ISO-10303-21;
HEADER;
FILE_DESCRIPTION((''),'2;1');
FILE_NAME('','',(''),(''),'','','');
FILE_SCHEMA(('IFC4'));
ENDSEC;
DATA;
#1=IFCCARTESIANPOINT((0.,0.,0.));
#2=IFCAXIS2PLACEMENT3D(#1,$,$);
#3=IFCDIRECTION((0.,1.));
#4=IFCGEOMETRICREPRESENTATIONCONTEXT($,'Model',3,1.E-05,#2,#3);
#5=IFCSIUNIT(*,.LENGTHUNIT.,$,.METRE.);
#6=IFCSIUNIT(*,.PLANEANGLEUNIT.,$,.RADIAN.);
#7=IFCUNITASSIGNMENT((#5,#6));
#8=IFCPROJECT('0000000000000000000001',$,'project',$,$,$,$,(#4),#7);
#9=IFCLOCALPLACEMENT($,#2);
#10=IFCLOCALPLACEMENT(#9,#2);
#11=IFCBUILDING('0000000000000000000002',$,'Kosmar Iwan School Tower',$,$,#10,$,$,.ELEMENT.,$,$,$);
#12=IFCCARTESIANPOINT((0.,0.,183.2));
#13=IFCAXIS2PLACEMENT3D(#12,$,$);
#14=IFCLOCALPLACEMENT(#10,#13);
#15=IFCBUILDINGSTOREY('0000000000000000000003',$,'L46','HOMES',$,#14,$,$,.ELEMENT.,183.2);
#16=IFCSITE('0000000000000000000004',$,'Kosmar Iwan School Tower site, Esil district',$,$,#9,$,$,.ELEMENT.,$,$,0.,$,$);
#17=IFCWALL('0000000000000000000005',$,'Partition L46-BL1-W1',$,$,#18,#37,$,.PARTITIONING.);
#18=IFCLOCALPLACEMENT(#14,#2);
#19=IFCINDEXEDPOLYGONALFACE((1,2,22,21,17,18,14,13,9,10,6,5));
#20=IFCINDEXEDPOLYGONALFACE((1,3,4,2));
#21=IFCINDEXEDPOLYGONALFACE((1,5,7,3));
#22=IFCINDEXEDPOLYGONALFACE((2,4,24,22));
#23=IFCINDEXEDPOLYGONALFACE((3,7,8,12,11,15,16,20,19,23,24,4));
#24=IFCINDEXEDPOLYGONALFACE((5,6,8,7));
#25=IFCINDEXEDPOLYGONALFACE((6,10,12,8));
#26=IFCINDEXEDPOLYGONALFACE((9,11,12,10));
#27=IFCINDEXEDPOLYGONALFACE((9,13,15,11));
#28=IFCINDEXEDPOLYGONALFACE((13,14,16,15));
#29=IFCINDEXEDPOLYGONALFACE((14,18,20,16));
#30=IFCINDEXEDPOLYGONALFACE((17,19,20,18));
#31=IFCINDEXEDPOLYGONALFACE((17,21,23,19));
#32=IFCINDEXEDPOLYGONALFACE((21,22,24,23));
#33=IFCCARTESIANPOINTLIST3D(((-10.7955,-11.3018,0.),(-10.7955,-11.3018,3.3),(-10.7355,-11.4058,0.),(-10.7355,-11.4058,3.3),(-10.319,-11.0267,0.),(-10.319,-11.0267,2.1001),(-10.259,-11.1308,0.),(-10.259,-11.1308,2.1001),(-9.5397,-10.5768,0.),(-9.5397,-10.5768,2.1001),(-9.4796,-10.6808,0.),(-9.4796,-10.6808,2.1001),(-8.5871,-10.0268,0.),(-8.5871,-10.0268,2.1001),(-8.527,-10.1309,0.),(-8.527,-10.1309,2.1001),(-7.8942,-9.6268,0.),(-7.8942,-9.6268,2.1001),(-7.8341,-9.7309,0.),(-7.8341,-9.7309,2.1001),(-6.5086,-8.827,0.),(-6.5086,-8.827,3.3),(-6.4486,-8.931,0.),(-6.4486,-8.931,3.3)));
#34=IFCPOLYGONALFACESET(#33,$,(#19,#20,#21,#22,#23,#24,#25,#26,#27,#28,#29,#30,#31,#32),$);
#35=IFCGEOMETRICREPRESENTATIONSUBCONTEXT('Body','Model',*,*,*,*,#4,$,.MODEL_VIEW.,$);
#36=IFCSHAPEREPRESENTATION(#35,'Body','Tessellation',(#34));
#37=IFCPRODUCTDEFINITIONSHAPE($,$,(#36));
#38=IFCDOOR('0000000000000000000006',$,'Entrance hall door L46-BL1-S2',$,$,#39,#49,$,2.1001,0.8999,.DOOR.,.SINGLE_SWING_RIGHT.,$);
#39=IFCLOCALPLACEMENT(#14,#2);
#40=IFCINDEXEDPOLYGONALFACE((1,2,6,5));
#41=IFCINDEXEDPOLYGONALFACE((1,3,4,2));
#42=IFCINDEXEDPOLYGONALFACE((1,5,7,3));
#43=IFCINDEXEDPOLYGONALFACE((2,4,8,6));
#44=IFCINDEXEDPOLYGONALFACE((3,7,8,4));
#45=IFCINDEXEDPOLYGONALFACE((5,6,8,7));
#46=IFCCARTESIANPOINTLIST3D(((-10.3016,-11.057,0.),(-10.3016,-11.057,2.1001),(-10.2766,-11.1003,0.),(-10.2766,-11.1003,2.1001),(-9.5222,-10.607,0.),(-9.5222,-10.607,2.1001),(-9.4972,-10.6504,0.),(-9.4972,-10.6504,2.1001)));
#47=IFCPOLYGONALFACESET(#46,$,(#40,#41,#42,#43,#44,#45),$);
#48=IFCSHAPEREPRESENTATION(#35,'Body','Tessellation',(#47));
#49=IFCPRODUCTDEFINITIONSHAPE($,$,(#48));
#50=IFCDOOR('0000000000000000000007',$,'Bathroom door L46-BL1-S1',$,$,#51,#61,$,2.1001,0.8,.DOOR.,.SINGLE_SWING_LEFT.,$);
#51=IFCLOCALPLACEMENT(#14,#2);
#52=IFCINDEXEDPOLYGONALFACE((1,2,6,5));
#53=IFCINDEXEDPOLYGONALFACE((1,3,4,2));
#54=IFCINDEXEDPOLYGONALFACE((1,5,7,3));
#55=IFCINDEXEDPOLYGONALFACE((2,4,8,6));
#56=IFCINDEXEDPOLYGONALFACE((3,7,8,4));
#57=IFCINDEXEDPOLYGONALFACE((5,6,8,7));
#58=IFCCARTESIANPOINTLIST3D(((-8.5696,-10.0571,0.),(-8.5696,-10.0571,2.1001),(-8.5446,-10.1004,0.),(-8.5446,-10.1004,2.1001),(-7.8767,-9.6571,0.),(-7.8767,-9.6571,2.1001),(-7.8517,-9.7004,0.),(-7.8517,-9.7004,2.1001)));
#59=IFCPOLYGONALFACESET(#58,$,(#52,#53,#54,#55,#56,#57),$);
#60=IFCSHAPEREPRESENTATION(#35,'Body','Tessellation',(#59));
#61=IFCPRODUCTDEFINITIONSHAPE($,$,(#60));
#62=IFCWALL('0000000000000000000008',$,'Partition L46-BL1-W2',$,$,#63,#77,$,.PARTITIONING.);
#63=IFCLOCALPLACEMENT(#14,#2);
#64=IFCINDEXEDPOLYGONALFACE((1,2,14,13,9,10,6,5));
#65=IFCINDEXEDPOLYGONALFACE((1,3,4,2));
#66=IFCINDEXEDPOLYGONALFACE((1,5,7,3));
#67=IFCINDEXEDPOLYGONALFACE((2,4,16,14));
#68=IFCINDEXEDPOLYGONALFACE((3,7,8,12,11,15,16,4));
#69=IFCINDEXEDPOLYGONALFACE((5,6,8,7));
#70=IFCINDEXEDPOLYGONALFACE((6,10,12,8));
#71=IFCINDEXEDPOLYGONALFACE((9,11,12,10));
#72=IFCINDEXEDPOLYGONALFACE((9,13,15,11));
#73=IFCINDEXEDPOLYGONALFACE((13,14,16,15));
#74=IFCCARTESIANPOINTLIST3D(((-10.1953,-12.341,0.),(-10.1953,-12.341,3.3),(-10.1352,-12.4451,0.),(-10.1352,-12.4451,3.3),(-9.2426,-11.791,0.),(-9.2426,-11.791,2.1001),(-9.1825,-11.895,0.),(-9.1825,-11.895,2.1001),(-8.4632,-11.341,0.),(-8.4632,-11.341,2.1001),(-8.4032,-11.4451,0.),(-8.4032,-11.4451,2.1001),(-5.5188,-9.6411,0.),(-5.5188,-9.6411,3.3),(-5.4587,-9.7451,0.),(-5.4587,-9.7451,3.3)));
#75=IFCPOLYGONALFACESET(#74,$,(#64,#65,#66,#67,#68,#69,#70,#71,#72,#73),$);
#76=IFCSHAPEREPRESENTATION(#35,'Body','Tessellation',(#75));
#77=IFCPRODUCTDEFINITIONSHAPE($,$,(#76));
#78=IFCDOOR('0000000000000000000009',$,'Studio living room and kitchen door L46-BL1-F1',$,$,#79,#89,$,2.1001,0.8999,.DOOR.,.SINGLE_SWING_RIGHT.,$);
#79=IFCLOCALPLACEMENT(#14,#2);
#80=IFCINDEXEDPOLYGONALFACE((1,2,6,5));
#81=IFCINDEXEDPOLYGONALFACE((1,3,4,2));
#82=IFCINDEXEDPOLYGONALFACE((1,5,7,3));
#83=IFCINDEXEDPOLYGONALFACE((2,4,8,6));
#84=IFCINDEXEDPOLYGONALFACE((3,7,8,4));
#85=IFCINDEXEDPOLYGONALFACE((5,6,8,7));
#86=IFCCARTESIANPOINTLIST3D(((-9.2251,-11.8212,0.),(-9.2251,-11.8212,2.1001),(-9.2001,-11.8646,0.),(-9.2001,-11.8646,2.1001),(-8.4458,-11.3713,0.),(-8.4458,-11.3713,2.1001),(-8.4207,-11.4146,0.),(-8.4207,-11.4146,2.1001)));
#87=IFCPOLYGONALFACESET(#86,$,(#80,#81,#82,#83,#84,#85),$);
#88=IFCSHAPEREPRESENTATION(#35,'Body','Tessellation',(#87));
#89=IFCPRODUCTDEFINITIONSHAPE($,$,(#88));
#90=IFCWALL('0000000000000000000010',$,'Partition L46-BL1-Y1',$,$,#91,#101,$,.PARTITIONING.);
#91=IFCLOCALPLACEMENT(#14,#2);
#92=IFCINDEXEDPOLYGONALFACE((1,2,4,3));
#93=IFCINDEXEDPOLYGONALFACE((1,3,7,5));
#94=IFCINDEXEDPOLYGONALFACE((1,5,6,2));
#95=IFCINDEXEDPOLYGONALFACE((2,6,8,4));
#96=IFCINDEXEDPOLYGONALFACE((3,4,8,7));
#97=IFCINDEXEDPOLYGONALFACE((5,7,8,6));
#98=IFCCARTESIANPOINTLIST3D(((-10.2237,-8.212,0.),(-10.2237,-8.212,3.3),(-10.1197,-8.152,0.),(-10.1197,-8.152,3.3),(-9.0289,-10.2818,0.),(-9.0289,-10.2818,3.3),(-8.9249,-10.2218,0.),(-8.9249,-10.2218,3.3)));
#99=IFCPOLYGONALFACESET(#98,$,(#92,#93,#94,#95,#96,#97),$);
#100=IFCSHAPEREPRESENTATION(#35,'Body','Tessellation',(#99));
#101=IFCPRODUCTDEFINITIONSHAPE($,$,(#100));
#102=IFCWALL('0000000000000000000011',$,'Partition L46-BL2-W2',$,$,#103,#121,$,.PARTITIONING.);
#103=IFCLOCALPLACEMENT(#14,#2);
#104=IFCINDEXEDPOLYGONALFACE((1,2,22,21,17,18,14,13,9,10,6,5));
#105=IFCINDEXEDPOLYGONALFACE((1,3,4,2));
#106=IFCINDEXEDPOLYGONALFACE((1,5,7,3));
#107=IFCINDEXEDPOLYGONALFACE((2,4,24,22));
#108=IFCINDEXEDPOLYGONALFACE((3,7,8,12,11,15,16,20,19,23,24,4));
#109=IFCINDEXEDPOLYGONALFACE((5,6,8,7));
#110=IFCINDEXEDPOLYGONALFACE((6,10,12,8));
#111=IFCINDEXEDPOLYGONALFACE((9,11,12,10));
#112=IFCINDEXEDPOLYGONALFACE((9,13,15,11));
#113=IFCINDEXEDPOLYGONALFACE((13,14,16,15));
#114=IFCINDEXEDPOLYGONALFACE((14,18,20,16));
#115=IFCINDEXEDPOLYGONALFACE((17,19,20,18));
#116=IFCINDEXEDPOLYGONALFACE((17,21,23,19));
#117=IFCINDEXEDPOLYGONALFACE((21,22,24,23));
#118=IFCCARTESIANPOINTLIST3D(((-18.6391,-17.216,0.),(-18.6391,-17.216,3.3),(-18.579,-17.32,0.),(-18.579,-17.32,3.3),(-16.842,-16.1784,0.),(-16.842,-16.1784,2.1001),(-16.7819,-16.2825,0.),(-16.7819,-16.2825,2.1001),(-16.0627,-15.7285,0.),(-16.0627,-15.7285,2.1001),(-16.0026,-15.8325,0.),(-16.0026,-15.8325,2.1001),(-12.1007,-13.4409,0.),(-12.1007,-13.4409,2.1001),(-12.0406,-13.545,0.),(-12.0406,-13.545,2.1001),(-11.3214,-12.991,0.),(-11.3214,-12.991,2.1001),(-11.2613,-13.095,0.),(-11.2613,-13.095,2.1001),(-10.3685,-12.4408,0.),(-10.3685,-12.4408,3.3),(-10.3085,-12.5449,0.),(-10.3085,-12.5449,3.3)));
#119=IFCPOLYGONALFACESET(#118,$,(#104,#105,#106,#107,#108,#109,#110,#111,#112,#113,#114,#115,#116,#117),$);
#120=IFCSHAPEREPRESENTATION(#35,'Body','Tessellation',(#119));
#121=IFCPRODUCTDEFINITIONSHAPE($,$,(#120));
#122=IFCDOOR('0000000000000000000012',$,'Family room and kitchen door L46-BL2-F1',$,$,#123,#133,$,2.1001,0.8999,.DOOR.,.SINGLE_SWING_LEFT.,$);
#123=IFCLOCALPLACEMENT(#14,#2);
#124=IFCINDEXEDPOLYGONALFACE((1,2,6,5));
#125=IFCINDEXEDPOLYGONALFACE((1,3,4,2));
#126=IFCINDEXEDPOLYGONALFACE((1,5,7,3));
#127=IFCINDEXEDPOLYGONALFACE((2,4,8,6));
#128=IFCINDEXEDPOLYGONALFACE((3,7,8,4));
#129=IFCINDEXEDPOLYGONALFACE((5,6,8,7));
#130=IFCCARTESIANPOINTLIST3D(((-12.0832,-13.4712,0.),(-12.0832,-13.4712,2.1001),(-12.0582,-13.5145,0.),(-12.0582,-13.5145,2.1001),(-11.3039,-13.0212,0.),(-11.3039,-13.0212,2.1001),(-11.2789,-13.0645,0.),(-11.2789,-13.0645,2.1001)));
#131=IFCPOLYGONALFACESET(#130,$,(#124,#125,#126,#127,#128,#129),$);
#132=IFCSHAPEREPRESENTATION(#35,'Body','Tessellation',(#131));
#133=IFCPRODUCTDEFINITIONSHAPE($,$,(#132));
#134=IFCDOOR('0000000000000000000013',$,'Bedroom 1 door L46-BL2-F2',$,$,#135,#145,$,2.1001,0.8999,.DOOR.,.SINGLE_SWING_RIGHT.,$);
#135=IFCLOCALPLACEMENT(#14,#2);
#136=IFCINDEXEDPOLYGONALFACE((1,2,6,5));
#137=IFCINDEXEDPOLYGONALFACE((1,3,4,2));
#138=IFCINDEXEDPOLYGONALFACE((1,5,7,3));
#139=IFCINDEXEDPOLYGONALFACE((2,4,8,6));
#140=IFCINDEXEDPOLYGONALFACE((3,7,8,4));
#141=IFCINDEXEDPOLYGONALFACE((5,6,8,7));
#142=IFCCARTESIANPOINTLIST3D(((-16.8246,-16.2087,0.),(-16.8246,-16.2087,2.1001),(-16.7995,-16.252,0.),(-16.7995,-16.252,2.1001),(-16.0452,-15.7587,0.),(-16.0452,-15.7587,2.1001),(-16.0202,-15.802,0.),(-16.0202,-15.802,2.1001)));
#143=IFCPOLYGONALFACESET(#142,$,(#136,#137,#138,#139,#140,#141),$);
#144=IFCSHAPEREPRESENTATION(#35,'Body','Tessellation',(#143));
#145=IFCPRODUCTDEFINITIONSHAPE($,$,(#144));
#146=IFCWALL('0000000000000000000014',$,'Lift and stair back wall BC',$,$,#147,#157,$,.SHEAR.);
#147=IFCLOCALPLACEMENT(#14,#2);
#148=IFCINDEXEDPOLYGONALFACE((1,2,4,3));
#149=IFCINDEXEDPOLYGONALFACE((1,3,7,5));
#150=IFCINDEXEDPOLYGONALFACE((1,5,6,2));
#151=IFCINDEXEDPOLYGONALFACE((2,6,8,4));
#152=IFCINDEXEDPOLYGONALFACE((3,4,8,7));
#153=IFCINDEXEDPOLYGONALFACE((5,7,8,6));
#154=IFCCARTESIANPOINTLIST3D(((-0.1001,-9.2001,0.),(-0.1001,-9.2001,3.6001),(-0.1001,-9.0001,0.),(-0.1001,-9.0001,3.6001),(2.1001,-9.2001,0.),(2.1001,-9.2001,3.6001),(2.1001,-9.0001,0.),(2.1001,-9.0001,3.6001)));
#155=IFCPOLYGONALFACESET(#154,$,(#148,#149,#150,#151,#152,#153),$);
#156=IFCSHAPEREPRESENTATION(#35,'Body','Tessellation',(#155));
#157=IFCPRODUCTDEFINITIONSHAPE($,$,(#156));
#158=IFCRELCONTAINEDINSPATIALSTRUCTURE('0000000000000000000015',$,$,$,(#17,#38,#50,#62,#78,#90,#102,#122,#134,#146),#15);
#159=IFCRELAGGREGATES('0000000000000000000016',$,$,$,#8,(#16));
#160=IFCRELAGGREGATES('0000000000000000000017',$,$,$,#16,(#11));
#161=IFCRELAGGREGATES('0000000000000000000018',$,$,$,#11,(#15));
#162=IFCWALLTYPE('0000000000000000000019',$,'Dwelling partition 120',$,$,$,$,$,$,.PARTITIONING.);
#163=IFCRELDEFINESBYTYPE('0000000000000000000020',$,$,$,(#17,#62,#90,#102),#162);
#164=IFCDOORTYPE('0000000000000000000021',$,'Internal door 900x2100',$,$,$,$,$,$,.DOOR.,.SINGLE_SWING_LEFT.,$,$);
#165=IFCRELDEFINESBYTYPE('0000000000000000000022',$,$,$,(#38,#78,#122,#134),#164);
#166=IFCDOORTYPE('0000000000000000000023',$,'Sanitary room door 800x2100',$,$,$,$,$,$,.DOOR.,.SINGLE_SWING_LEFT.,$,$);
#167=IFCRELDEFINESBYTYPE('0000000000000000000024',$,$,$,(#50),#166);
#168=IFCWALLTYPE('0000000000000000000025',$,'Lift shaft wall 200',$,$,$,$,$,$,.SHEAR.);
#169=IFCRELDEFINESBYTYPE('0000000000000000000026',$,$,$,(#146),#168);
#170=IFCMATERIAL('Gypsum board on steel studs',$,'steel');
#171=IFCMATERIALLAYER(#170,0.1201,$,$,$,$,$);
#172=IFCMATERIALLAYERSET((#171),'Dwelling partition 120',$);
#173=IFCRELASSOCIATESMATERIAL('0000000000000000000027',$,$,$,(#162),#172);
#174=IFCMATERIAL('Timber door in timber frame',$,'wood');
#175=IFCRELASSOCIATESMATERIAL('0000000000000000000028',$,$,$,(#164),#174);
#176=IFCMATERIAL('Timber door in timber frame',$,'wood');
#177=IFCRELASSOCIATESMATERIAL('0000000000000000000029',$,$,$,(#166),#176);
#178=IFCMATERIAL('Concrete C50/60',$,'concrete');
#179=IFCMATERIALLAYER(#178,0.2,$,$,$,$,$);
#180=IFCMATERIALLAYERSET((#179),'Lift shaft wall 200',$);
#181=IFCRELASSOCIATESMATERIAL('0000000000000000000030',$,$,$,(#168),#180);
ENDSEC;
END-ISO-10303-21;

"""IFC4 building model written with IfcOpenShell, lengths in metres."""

from ifc_helpers import new_model, si_unit, direction, frame, frame_2d, origin, place, context, subcontext, project, spatial, rectangle, extrude, material, layer, layer_set, type_object, element, fill, save


model = new_model("IFC4")

# Units and contexts
model_context = context("Model", 3, precision=1e-05, world=origin(), true_north=direction((0.0, 1.0)))
body_context = subcontext(model_context, "Body", "Model", "MODEL_VIEW")
ifc_project = project(units=[si_unit("LENGTHUNIT", "METRE"), si_unit("PLANEANGLEUNIT", "RADIAN")], contexts=[model_context])

# Site, building, storey
site_placement = place(None, origin())
site = spatial("IfcSite", under=ifc_project, at=site_placement, Name="Kosmar Iwan School Tower site, Esil district", CompositionType="ELEMENT", RefElevation=0.0)
building_placement = place(site_placement, origin())
building = spatial("IfcBuilding", under=site, at=building_placement, Name="Kosmar Iwan School Tower", CompositionType="ELEMENT")
storey_placement = place(building_placement, frame((0.0, 0.0, 183.2)))
storey = spatial("IfcBuildingStorey", under=building, at=storey_placement, Name="L46", Description="HOMES", CompositionType="ELEMENT", Elevation=183.2)

# Wall, openings, doors
ifc_material_1 = material(Name="Gypsum board on steel studs", Category="steel")
ifc_layer_1 = layer(ifc_material_1, 0.1201)
ifc_layer_set_1 = layer_set([ifc_layer_1], Name="Dwelling partition 120")
wall_type_1 = type_object("IfcWallType", Name="Dwelling partition 120", PredefinedType="PARTITIONING", material=ifc_layer_set_1)
wall_1_placement = place(storey_placement, frame((-6.4785, -8.8789, 0.0), z_axis=(0.0, 0.0, 1.0), x_axis=(-0.86604, -0.499974, 0.0)))
wall_1 = element("IfcWall", 1, at=wall_1_placement, inside=storey, type_object=wall_type_1, Name="Partition L46-BL1-W1", PredefinedType="PARTITIONING", context=body_context, shape_type="SweptSolid", body=[
    extrude(rectangle(XDim=4.95, YDim=0.1201, at=frame_2d((2.4751, 0.0))), origin(), (0.0, 0.0, 1.0), 3.3),
])
opening_1_placement = place(wall_1_placement, frame((1.6001, 0.0, 0.0)))
opening_1 = element("IfcOpeningElement", 2, at=opening_1_placement, cuts=wall_1, PredefinedType="OPENING", context=body_context, shape_type="SweptSolid", body=[
    extrude(rectangle(XDim=0.8, YDim=2.1001, at=frame_2d((0.3999, 1.05))), frame((0.0, 0.072, 0.0), z_axis=(0.0, -1.0, 0.0), x_axis=(1.0, 0.0, 0.0)), (0.0, 0.0, 1.0), 0.144),
])
opening_2_placement = place(wall_1_placement, frame((3.5, 0.0, 0.0)))
opening_2 = element("IfcOpeningElement", 3, at=opening_2_placement, cuts=wall_1, PredefinedType="OPENING", context=body_context, shape_type="SweptSolid", body=[
    extrude(rectangle(XDim=0.8999, YDim=2.1001, at=frame_2d((0.45, 1.05))), frame((0.0, 0.072, 0.0), z_axis=(0.0, -1.0, 0.0), x_axis=(1.0, 0.0, 0.0)), (0.0, 0.0, 1.0), 0.144),
])
ifc_material_2 = material(Name="Timber door in timber frame", Category="wood")
door_type_1 = type_object("IfcDoorType", Name="Internal door 900x2100", OperationType="SINGLE_SWING_LEFT", PredefinedType="DOOR", material=ifc_material_2)
door_1_placement = place(opening_2_placement, origin())
door_1 = element("IfcDoor", 4, at=door_1_placement, inside=storey, type_object=door_type_1, Name="Entrance hall door L46-BL1-S2", OperationType="SINGLE_SWING_RIGHT", OverallHeight=2.1001, OverallWidth=0.8999, PredefinedType="DOOR", context=body_context, shape_type="SweptSolid", body=[
    extrude(rectangle(XDim=0.8999, YDim=2.1001, at=frame_2d((0.45, 1.05))), frame((0.0, 0.0249, 0.0), z_axis=(0.0, -1.0, 0.0), x_axis=(1.0, 0.0, 0.0)), (0.0, 0.0, 1.0), 0.05),
])
fill(opening_2, door_1)
ifc_material_3 = material(Name="Timber door in timber frame", Category="wood")
door_type_2 = type_object("IfcDoorType", Name="Sanitary room door 800x2100", OperationType="SINGLE_SWING_LEFT", PredefinedType="DOOR", material=ifc_material_3)
door_2_placement = place(opening_1_placement, origin())
door_2 = element("IfcDoor", 5, at=door_2_placement, inside=storey, type_object=door_type_2, Name="Bathroom door L46-BL1-S1", OperationType="SINGLE_SWING_LEFT", OverallHeight=2.1001, OverallWidth=0.8, PredefinedType="DOOR", context=body_context, shape_type="SweptSolid", body=[
    extrude(rectangle(XDim=0.8, YDim=2.1001, at=frame_2d((0.3999, 1.05))), frame((0.0, 0.0249, 0.0), z_axis=(0.0, -1.0, 0.0), x_axis=(1.0, 0.0, 0.0)), (0.0, 0.0, 1.0), 0.05),
])
fill(opening_1, door_2)

# Wall, opening, door
wall_2_placement = place(storey_placement, frame((-5.4888, -9.6931, 0.0), z_axis=(0.0, 0.0, 1.0), x_axis=(-0.866028, -0.499995, 0.0)))
wall_2 = element("IfcWall", 6, at=wall_2_placement, inside=storey, type_object=wall_type_1, Name="Partition L46-BL1-W2", PredefinedType="PARTITIONING", context=body_context, shape_type="SweptSolid", body=[
    extrude(rectangle(XDim=5.3999, YDim=0.1201, at=frame_2d((2.7, 0.0))), origin(), (0.0, 0.0, 1.0), 3.3),
])
opening_3_placement = place(wall_2_placement, frame((3.3999, 0.0, 0.0)))
opening_3 = element("IfcOpeningElement", 7, at=opening_3_placement, cuts=wall_2, PredefinedType="OPENING", context=body_context, shape_type="SweptSolid", body=[
    extrude(rectangle(XDim=0.8999, YDim=2.1001, at=frame_2d((0.45, 1.05))), frame((0.0, 0.072, 0.0), z_axis=(0.0, -1.0, 0.0), x_axis=(1.0, 0.0, 0.0)), (0.0, 0.0, 1.0), 0.144),
])
door_3_placement = place(opening_3_placement, origin())
door_3 = element("IfcDoor", 8, at=door_3_placement, inside=storey, type_object=door_type_1, Name="Studio living room and kitchen door L46-BL1-F1", OperationType="SINGLE_SWING_RIGHT", OverallHeight=2.1001, OverallWidth=0.8999, PredefinedType="DOOR", context=body_context, shape_type="SweptSolid", body=[
    extrude(rectangle(XDim=0.8999, YDim=2.1001, at=frame_2d((0.45, 1.05))), frame((0.0, 0.0249, 0.0), z_axis=(0.0, -1.0, 0.0), x_axis=(1.0, 0.0, 0.0)), (0.0, 0.0, 1.0), 0.05),
])
fill(opening_3, door_3)

# Wall
wall_3_placement = place(storey_placement, frame((-10.1716, -8.1821, 0.0), z_axis=(0.0, 0.0, 1.0), x_axis=(0.499941, -0.86606, 0.0)))
element("IfcWall", 9, at=wall_3_placement, inside=storey, type_object=wall_type_1, Name="Partition L46-BL1-Y1", PredefinedType="PARTITIONING", context=body_context, shape_type="SweptSolid", body=[
    extrude(rectangle(XDim=2.3899, YDim=0.1201, at=frame_2d((1.1948, 0.0))), origin(), (0.0, 0.0, 1.0), 3.3),
])

# Wall, openings, doors
wall_4_placement = place(storey_placement, frame((-10.3386, -12.4929, 0.0), z_axis=(0.0, 0.0, 1.0), x_axis=(-0.866018, -0.500013, 0.0)))
wall_4 = element("IfcWall", 10, at=wall_4_placement, inside=storey, type_object=wall_type_1, Name="Partition L46-BL2-W2", PredefinedType="PARTITIONING", context=body_context, shape_type="SweptSolid", body=[
    extrude(rectangle(XDim=9.55, YDim=0.1201, at=frame_2d((4.7749, 0.0))), origin(), (0.0, 0.0, 1.0), 3.3),
])
opening_4_placement = place(wall_4_placement, frame((1.1001, 0.0, 0.0)))
opening_4 = element("IfcOpeningElement", 11, at=opening_4_placement, cuts=wall_4, PredefinedType="OPENING", context=body_context, shape_type="SweptSolid", body=[
    extrude(rectangle(XDim=0.8999, YDim=2.1001, at=frame_2d((0.45, 1.05))), frame((0.0, 0.072, 0.0), z_axis=(0.0, -1.0, 0.0), x_axis=(1.0, 0.0, 0.0)), (0.0, 0.0, 1.0), 0.144),
])
opening_5_placement = place(wall_4_placement, frame((6.575, 0.0, 0.0)))
opening_5 = element("IfcOpeningElement", 12, at=opening_5_placement, cuts=wall_4, PredefinedType="OPENING", context=body_context, shape_type="SweptSolid", body=[
    extrude(rectangle(XDim=0.8999, YDim=2.1001, at=frame_2d((0.45, 1.05))), frame((0.0, 0.072, 0.0), z_axis=(0.0, -1.0, 0.0), x_axis=(1.0, 0.0, 0.0)), (0.0, 0.0, 1.0), 0.144),
])
door_4_placement = place(opening_4_placement, origin())
door_4 = element("IfcDoor", 13, at=door_4_placement, inside=storey, type_object=door_type_1, Name="Family room and kitchen door L46-BL2-F1", OperationType="SINGLE_SWING_LEFT", OverallHeight=2.1001, OverallWidth=0.8999, PredefinedType="DOOR", context=body_context, shape_type="SweptSolid", body=[
    extrude(rectangle(XDim=0.8999, YDim=2.1001, at=frame_2d((0.45, 1.05))), frame((0.0, 0.0249, 0.0), z_axis=(0.0, -1.0, 0.0), x_axis=(1.0, 0.0, 0.0)), (0.0, 0.0, 1.0), 0.05),
])
fill(opening_4, door_4)
door_5_placement = place(opening_5_placement, origin())
door_5 = element("IfcDoor", 14, at=door_5_placement, inside=storey, type_object=door_type_1, Name="Bedroom 1 door L46-BL2-F2", OperationType="SINGLE_SWING_RIGHT", OverallHeight=2.1001, OverallWidth=0.8999, PredefinedType="DOOR", context=body_context, shape_type="SweptSolid", body=[
    extrude(rectangle(XDim=0.8999, YDim=2.1001, at=frame_2d((0.45, 1.05))), frame((0.0, 0.0249, 0.0), z_axis=(0.0, -1.0, 0.0), x_axis=(1.0, 0.0, 0.0)), (0.0, 0.0, 1.0), 0.05),
])
fill(opening_5, door_5)

# Wall
ifc_material_4 = material(Name="Concrete C50/60", Category="concrete")
ifc_layer_2 = layer(ifc_material_4, 0.2)
ifc_layer_set_2 = layer_set([ifc_layer_2], Name="Lift shaft wall 200")
wall_type_2 = type_object("IfcWallType", Name="Lift shaft wall 200", PredefinedType="SHEAR", material=ifc_layer_set_2)
wall_5_placement = place(storey_placement, frame((-0.1001, -9.1001, 0.0), z_axis=(0.0, 0.0, 1.0), x_axis=(1.0, 0.0, 0.0)))
element("IfcWall", 15, at=wall_5_placement, inside=storey, type_object=wall_type_2, Name="Lift and stair back wall BC", PredefinedType="SHEAR", context=body_context, shape_type="SweptSolid", body=[
    extrude(rectangle(XDim=2.2002, YDim=0.2, at=frame_2d((1.1001, 0.0))), origin(), (0.0, 0.0, 1.0), 3.6001),
])

save(model, "model.ifc")
